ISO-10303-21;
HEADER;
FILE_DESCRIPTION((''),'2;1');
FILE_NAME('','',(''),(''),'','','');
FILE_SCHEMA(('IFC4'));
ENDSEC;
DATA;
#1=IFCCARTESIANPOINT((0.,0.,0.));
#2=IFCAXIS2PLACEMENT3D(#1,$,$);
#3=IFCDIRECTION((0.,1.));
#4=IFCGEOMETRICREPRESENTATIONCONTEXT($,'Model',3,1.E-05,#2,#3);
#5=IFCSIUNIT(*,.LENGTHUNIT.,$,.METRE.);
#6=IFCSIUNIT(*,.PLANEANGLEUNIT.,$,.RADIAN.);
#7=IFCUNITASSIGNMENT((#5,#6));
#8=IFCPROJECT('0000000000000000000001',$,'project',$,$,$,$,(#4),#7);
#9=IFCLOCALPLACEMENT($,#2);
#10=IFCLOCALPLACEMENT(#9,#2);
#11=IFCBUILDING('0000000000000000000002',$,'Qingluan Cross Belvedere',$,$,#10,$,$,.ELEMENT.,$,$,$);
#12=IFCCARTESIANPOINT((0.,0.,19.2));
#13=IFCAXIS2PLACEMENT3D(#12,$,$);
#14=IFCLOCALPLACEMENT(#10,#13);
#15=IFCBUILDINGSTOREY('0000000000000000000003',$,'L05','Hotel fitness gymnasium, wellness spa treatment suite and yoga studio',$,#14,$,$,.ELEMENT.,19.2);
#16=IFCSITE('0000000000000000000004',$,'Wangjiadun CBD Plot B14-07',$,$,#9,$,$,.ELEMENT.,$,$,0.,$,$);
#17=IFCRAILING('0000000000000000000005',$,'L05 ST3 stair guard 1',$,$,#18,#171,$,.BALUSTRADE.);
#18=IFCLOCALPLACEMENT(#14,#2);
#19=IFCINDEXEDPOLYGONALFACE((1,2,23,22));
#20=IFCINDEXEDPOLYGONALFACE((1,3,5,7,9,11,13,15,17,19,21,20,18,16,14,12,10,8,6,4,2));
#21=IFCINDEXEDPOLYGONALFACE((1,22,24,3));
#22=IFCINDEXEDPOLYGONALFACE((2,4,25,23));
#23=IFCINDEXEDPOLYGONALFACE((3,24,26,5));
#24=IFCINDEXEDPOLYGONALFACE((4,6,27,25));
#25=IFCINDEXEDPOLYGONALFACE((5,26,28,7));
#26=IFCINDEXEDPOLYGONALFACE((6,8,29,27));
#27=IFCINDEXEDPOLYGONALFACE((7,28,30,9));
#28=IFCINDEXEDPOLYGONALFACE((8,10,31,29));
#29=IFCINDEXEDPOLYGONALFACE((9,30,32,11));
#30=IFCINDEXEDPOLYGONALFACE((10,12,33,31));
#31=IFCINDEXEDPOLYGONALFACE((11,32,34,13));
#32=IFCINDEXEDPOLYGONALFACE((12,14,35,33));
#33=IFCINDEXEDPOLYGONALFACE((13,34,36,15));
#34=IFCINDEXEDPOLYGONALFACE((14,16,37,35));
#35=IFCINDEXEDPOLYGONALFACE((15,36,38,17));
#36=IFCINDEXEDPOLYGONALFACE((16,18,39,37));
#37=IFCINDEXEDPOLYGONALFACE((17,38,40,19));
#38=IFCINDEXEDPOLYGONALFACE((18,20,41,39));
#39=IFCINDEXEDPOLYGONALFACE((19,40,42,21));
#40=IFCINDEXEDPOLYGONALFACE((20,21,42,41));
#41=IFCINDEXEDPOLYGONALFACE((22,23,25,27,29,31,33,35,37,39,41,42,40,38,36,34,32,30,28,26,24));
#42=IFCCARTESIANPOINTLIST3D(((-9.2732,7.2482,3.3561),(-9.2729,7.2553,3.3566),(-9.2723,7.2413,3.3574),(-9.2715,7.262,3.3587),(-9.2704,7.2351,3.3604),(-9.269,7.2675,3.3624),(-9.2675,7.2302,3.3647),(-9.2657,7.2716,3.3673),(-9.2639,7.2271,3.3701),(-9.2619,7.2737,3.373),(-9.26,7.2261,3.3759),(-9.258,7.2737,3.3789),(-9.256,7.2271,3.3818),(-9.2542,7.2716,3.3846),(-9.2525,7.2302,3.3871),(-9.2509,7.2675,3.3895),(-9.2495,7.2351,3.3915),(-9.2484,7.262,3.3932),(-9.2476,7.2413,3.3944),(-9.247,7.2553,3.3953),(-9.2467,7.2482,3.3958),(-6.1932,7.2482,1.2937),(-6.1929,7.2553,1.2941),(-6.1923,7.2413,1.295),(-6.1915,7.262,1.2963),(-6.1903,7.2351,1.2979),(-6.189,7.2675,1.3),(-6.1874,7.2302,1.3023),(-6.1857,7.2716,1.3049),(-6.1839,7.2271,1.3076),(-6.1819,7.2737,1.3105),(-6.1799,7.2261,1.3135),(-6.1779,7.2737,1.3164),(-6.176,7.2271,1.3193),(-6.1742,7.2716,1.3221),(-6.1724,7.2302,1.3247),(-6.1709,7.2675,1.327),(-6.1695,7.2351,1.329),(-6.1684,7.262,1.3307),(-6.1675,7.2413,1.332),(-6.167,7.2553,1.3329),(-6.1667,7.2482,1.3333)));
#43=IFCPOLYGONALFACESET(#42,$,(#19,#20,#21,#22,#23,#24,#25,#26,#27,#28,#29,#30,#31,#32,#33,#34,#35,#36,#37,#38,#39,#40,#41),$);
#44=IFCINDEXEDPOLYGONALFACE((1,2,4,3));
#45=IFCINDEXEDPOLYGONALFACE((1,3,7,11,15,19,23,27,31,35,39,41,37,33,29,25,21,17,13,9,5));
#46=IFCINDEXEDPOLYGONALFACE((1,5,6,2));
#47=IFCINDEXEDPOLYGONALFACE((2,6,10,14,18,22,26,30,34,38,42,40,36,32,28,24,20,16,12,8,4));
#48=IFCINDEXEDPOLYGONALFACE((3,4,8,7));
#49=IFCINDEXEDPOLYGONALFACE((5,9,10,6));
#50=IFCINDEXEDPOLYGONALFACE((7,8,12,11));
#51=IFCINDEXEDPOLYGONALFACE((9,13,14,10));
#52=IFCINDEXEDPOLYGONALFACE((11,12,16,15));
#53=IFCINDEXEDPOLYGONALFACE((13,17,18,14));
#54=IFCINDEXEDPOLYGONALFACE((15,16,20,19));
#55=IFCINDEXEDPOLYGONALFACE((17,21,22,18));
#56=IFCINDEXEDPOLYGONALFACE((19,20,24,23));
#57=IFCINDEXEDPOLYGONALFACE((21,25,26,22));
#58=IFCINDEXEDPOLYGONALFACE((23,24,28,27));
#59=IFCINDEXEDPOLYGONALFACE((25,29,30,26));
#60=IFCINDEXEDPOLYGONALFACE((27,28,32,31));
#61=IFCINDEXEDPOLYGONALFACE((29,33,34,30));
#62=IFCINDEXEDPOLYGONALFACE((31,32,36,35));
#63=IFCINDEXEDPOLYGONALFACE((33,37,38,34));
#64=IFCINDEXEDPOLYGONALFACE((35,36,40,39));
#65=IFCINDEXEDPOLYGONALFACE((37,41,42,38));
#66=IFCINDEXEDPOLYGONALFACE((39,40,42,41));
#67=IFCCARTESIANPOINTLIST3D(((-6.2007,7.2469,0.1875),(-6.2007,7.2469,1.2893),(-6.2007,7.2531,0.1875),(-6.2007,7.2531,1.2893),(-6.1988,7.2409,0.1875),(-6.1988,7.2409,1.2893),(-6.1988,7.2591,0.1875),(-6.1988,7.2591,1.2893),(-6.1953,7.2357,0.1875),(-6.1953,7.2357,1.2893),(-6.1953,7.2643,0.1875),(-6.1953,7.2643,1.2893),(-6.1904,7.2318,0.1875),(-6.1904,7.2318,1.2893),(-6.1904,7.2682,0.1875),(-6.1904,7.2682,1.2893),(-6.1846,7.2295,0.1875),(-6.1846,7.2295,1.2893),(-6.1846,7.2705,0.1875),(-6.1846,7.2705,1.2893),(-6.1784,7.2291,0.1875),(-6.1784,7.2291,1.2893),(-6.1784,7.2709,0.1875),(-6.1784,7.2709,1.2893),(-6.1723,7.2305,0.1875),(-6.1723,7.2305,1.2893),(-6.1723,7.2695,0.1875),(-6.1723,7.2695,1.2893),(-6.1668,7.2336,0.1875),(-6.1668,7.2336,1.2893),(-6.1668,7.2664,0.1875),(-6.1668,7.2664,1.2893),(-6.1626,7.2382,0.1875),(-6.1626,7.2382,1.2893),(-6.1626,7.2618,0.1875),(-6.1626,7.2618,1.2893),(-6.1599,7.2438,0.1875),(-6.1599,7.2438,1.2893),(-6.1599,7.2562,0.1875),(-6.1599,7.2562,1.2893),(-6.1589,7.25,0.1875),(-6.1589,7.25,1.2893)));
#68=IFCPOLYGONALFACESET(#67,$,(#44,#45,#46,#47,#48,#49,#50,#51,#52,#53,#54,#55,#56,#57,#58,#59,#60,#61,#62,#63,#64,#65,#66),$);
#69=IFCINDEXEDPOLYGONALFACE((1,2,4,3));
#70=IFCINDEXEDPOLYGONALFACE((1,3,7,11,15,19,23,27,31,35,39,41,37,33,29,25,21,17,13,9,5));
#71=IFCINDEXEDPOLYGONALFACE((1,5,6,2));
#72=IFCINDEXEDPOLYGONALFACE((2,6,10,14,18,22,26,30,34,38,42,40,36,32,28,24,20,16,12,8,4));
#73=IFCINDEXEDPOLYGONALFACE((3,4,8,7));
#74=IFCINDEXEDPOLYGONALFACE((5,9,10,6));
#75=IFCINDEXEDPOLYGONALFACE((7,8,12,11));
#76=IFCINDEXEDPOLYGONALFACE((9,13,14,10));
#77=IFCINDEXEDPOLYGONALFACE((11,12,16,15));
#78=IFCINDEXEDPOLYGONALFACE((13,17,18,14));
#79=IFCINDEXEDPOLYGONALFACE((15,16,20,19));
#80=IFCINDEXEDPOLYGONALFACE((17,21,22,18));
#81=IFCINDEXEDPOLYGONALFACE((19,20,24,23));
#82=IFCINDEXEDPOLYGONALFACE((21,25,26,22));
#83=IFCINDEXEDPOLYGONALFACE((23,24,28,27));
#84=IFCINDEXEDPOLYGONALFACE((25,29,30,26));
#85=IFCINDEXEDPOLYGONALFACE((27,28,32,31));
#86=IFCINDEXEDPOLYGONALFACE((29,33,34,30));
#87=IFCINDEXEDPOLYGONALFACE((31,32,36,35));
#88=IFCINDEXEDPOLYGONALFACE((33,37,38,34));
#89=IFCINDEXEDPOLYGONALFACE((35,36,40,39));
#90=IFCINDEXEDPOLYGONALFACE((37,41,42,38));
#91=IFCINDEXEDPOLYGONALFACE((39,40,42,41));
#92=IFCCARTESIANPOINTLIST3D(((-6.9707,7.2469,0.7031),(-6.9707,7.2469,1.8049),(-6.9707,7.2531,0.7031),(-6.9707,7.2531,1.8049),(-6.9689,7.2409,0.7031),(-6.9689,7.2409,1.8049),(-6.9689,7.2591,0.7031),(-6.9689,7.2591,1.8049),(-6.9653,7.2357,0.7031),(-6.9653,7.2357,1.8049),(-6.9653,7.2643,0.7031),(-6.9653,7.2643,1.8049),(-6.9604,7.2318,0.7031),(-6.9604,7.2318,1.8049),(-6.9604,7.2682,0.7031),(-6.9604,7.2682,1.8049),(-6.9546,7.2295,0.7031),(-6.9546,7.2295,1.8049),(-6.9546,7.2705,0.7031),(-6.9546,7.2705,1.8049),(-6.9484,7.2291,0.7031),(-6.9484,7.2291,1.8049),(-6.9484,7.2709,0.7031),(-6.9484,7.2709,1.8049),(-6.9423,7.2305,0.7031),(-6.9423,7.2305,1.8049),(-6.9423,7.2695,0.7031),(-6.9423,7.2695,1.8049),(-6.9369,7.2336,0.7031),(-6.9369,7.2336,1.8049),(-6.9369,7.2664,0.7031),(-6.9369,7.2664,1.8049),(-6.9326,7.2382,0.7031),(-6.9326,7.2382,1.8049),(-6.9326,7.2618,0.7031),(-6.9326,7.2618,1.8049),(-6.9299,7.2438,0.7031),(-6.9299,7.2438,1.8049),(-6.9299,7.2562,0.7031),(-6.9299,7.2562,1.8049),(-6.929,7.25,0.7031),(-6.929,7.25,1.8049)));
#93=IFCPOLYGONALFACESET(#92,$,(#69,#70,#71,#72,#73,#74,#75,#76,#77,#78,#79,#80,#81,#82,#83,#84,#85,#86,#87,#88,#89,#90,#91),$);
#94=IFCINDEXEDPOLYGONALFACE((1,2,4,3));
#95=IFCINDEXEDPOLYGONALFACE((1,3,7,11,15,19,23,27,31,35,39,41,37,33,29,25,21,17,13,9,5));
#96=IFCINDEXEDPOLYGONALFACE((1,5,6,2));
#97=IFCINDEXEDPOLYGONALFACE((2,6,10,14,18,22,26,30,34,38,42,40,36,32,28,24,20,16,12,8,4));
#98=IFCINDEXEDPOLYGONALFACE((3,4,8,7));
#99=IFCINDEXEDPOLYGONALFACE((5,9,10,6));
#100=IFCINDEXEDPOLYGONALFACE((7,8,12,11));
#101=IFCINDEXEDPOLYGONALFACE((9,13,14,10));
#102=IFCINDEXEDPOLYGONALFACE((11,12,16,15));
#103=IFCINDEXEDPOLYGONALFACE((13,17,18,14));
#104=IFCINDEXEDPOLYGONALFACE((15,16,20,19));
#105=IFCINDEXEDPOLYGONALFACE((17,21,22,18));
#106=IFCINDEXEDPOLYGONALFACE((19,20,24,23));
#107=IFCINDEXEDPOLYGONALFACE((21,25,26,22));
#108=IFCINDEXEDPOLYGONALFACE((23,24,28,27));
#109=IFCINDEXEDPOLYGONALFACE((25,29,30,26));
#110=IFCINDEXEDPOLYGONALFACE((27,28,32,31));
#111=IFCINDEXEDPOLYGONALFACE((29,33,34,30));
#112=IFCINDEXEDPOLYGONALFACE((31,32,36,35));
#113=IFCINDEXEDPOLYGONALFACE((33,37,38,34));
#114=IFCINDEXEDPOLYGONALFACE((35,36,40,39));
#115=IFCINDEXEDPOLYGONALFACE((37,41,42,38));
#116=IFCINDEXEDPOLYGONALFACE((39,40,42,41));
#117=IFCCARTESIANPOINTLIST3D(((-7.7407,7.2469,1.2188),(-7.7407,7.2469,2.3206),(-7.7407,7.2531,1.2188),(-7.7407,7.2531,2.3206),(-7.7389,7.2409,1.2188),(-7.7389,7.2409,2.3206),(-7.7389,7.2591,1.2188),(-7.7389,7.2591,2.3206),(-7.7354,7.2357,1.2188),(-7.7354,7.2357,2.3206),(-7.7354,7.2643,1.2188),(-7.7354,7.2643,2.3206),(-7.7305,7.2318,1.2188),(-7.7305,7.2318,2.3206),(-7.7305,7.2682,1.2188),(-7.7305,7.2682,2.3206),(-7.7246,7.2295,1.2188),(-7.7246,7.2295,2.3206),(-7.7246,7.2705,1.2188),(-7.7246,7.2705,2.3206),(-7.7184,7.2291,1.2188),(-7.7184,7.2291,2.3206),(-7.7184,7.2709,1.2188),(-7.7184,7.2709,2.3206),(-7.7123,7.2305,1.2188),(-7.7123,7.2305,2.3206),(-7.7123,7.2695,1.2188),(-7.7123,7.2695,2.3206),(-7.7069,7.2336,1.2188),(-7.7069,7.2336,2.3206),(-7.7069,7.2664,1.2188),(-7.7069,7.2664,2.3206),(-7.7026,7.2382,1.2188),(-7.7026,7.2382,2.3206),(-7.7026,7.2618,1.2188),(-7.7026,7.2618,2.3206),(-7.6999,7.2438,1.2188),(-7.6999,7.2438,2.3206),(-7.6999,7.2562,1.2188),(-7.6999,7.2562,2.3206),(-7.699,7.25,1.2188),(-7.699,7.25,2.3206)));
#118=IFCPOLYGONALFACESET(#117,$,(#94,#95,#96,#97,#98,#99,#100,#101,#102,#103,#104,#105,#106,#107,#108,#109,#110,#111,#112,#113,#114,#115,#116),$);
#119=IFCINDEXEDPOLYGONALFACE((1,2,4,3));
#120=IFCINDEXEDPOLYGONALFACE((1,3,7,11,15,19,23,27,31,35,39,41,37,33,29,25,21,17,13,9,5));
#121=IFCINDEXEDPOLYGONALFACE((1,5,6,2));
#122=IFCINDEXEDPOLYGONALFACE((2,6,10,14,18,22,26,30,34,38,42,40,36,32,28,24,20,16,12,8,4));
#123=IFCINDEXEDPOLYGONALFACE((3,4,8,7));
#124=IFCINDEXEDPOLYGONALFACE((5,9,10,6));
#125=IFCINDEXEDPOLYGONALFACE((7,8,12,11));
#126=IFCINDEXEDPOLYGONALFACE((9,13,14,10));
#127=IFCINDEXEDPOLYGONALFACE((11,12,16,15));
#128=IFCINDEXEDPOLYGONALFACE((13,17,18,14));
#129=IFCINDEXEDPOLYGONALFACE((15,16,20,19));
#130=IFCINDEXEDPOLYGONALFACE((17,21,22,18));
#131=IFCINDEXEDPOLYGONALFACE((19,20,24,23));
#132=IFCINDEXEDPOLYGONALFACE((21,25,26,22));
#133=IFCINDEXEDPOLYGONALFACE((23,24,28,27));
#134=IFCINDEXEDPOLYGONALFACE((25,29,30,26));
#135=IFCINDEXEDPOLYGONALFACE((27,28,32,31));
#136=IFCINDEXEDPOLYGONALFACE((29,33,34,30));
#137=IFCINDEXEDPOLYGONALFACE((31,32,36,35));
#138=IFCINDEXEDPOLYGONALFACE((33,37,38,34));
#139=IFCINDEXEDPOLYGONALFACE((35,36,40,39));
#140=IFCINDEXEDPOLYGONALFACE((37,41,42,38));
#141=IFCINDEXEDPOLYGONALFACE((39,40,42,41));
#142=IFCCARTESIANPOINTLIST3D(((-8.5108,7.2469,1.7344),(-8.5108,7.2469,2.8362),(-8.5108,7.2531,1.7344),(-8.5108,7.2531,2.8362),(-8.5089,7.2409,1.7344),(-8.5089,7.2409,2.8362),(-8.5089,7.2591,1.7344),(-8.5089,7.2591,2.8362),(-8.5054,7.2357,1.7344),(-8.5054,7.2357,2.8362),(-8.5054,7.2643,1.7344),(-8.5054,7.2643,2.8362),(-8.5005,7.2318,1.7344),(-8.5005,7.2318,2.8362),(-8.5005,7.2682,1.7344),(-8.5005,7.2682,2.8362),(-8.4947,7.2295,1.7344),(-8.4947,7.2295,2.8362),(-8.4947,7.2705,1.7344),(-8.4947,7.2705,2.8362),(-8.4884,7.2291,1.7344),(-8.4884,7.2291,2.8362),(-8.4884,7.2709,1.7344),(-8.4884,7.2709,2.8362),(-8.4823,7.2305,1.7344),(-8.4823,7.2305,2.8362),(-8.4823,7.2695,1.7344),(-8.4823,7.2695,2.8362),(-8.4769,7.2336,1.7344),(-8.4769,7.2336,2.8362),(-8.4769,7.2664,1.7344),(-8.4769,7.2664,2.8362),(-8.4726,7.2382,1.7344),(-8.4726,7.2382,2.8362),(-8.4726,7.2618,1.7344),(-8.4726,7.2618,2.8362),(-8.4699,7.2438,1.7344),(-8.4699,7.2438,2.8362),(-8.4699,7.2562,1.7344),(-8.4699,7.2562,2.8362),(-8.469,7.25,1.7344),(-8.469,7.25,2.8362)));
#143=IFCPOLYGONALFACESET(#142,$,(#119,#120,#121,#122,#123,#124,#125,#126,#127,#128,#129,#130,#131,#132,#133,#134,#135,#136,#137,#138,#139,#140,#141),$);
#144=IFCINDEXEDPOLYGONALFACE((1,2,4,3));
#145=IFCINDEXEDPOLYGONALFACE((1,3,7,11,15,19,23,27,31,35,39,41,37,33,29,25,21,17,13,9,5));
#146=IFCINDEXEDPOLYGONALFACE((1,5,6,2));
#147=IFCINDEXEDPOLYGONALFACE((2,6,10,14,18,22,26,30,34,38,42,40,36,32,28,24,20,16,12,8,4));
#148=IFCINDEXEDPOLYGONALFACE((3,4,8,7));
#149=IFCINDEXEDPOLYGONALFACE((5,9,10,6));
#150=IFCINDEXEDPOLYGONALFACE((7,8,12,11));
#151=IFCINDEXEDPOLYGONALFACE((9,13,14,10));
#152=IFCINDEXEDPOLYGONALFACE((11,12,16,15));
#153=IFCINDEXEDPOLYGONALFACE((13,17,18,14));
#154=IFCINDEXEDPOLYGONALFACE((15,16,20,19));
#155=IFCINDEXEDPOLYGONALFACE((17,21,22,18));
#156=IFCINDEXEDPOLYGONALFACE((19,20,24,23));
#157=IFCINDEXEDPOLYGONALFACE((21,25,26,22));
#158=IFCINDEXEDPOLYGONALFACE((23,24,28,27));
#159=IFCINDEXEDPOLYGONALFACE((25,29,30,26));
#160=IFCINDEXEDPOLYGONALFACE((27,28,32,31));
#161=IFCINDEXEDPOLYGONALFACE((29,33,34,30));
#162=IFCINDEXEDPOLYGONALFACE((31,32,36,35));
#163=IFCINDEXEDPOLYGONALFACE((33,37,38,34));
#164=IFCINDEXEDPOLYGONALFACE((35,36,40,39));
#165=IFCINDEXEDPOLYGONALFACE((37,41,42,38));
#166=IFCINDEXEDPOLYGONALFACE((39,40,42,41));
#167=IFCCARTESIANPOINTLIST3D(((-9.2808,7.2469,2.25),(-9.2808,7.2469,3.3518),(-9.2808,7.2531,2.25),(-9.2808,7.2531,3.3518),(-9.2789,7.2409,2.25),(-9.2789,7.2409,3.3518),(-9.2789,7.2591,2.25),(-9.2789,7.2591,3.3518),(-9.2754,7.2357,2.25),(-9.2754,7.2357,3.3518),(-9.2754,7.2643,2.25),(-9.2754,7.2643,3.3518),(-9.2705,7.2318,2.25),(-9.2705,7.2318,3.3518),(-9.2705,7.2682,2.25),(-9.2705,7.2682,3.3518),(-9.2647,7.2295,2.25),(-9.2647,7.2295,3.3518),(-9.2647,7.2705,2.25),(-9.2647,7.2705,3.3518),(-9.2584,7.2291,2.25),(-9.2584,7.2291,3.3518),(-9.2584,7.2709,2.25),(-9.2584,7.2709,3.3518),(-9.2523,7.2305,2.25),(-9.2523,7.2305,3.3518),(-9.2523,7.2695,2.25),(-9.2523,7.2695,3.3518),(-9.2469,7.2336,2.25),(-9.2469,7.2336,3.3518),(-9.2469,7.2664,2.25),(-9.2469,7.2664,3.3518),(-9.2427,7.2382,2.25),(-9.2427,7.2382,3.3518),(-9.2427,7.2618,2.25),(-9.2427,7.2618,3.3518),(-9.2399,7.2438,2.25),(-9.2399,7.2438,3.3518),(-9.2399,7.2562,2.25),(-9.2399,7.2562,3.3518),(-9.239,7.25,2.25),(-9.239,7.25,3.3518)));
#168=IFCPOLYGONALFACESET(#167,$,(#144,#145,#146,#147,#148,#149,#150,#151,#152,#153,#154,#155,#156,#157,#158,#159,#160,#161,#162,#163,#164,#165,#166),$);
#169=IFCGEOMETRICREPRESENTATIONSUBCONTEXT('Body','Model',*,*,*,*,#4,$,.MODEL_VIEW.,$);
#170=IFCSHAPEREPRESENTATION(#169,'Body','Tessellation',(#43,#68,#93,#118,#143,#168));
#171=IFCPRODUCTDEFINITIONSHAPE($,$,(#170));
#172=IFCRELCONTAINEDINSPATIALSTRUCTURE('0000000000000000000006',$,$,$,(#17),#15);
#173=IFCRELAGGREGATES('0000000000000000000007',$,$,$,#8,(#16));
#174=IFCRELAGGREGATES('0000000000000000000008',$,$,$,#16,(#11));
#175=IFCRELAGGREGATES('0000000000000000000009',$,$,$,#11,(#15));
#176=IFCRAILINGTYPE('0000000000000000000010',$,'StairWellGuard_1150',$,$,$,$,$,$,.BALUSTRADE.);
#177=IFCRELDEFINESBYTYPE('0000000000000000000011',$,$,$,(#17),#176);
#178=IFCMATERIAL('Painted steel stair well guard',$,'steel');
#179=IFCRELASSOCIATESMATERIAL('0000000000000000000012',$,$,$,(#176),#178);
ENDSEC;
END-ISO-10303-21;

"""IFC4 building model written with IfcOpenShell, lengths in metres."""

from ifc_helpers import new_model, si_unit, direction, frame, origin, origin_2d, place, context, subcontext, project, spatial, circle, extrude, material, type_object, element, save


model = new_model("IFC4")

# Units and contexts
model_context = context("Model", 3, precision=1e-05, world=origin(), true_north=direction((0.0, 1.0)))
body_context = subcontext(model_context, "Body", "Model", "MODEL_VIEW")
ifc_project = project(units=[si_unit("LENGTHUNIT", "METRE"), si_unit("PLANEANGLEUNIT", "RADIAN")], contexts=[model_context])

# Site, building, storey
site_placement = place(None, origin())
site = spatial("IfcSite", under=ifc_project, at=site_placement, Name="Wangjiadun CBD Plot B14-07", CompositionType="ELEMENT", RefElevation=0.0)
building_placement = place(site_placement, origin())
building = spatial("IfcBuilding", under=site, at=building_placement, Name="Qingluan Cross Belvedere", CompositionType="ELEMENT")
storey_placement = place(building_placement, frame((0.0, 0.0, 19.2)))
storey = spatial("IfcBuildingStorey", under=building, at=storey_placement, Name="L05", Description="Hotel fitness gymnasium, wellness spa treatment suite and yoga studio", CompositionType="ELEMENT", Elevation=19.2)

# Railing
ifc_material_1 = material(Name="Painted steel stair well guard", Category="steel")
railing_type_1 = type_object("IfcRailingType", Name="StairWellGuard_1150", PredefinedType="BALUSTRADE", material=ifc_material_1)
railing_1_placement = place(storey_placement, frame((-6.1799, 7.25, 0.1875)))
element("IfcRailing", 1, at=railing_1_placement, inside=storey, type_object=railing_type_1, Name="L05 ST3 stair guard 1", PredefinedType="BALUSTRADE", context=body_context, shape_type="SweptSolid", body=[
    extrude(circle(Radius=0.0239, at=origin_2d()), frame((0.0, 0.0, 1.126), z_axis=(-0.830914, 0.0, 0.556401), x_axis=(0.0, -1.0, 0.0)), (0.0, 0.0, 1.0), 3.7068),
    extrude(circle(Radius=0.021, at=origin_2d()), origin(), (0.0, 0.0, 1.0), 1.1018),
    extrude(circle(Radius=0.021, at=origin_2d()), frame((-0.77, 0.0, 0.5156)), (0.0, 0.0, 1.0), 1.1018),
    extrude(circle(Radius=0.021, at=origin_2d()), frame((-1.54, 0.0, 1.0312)), (0.0, 0.0, 1.0), 1.1018),
    extrude(circle(Radius=0.021, at=origin_2d()), frame((-2.3101, 0.0, 1.5469)), (0.0, 0.0, 1.0), 1.1018),
    extrude(circle(Radius=0.021, at=origin_2d()), frame((-3.0801, 0.0, 2.0625)), (0.0, 0.0, 1.0), 1.1018),
])

save(model, "model.ifc")
